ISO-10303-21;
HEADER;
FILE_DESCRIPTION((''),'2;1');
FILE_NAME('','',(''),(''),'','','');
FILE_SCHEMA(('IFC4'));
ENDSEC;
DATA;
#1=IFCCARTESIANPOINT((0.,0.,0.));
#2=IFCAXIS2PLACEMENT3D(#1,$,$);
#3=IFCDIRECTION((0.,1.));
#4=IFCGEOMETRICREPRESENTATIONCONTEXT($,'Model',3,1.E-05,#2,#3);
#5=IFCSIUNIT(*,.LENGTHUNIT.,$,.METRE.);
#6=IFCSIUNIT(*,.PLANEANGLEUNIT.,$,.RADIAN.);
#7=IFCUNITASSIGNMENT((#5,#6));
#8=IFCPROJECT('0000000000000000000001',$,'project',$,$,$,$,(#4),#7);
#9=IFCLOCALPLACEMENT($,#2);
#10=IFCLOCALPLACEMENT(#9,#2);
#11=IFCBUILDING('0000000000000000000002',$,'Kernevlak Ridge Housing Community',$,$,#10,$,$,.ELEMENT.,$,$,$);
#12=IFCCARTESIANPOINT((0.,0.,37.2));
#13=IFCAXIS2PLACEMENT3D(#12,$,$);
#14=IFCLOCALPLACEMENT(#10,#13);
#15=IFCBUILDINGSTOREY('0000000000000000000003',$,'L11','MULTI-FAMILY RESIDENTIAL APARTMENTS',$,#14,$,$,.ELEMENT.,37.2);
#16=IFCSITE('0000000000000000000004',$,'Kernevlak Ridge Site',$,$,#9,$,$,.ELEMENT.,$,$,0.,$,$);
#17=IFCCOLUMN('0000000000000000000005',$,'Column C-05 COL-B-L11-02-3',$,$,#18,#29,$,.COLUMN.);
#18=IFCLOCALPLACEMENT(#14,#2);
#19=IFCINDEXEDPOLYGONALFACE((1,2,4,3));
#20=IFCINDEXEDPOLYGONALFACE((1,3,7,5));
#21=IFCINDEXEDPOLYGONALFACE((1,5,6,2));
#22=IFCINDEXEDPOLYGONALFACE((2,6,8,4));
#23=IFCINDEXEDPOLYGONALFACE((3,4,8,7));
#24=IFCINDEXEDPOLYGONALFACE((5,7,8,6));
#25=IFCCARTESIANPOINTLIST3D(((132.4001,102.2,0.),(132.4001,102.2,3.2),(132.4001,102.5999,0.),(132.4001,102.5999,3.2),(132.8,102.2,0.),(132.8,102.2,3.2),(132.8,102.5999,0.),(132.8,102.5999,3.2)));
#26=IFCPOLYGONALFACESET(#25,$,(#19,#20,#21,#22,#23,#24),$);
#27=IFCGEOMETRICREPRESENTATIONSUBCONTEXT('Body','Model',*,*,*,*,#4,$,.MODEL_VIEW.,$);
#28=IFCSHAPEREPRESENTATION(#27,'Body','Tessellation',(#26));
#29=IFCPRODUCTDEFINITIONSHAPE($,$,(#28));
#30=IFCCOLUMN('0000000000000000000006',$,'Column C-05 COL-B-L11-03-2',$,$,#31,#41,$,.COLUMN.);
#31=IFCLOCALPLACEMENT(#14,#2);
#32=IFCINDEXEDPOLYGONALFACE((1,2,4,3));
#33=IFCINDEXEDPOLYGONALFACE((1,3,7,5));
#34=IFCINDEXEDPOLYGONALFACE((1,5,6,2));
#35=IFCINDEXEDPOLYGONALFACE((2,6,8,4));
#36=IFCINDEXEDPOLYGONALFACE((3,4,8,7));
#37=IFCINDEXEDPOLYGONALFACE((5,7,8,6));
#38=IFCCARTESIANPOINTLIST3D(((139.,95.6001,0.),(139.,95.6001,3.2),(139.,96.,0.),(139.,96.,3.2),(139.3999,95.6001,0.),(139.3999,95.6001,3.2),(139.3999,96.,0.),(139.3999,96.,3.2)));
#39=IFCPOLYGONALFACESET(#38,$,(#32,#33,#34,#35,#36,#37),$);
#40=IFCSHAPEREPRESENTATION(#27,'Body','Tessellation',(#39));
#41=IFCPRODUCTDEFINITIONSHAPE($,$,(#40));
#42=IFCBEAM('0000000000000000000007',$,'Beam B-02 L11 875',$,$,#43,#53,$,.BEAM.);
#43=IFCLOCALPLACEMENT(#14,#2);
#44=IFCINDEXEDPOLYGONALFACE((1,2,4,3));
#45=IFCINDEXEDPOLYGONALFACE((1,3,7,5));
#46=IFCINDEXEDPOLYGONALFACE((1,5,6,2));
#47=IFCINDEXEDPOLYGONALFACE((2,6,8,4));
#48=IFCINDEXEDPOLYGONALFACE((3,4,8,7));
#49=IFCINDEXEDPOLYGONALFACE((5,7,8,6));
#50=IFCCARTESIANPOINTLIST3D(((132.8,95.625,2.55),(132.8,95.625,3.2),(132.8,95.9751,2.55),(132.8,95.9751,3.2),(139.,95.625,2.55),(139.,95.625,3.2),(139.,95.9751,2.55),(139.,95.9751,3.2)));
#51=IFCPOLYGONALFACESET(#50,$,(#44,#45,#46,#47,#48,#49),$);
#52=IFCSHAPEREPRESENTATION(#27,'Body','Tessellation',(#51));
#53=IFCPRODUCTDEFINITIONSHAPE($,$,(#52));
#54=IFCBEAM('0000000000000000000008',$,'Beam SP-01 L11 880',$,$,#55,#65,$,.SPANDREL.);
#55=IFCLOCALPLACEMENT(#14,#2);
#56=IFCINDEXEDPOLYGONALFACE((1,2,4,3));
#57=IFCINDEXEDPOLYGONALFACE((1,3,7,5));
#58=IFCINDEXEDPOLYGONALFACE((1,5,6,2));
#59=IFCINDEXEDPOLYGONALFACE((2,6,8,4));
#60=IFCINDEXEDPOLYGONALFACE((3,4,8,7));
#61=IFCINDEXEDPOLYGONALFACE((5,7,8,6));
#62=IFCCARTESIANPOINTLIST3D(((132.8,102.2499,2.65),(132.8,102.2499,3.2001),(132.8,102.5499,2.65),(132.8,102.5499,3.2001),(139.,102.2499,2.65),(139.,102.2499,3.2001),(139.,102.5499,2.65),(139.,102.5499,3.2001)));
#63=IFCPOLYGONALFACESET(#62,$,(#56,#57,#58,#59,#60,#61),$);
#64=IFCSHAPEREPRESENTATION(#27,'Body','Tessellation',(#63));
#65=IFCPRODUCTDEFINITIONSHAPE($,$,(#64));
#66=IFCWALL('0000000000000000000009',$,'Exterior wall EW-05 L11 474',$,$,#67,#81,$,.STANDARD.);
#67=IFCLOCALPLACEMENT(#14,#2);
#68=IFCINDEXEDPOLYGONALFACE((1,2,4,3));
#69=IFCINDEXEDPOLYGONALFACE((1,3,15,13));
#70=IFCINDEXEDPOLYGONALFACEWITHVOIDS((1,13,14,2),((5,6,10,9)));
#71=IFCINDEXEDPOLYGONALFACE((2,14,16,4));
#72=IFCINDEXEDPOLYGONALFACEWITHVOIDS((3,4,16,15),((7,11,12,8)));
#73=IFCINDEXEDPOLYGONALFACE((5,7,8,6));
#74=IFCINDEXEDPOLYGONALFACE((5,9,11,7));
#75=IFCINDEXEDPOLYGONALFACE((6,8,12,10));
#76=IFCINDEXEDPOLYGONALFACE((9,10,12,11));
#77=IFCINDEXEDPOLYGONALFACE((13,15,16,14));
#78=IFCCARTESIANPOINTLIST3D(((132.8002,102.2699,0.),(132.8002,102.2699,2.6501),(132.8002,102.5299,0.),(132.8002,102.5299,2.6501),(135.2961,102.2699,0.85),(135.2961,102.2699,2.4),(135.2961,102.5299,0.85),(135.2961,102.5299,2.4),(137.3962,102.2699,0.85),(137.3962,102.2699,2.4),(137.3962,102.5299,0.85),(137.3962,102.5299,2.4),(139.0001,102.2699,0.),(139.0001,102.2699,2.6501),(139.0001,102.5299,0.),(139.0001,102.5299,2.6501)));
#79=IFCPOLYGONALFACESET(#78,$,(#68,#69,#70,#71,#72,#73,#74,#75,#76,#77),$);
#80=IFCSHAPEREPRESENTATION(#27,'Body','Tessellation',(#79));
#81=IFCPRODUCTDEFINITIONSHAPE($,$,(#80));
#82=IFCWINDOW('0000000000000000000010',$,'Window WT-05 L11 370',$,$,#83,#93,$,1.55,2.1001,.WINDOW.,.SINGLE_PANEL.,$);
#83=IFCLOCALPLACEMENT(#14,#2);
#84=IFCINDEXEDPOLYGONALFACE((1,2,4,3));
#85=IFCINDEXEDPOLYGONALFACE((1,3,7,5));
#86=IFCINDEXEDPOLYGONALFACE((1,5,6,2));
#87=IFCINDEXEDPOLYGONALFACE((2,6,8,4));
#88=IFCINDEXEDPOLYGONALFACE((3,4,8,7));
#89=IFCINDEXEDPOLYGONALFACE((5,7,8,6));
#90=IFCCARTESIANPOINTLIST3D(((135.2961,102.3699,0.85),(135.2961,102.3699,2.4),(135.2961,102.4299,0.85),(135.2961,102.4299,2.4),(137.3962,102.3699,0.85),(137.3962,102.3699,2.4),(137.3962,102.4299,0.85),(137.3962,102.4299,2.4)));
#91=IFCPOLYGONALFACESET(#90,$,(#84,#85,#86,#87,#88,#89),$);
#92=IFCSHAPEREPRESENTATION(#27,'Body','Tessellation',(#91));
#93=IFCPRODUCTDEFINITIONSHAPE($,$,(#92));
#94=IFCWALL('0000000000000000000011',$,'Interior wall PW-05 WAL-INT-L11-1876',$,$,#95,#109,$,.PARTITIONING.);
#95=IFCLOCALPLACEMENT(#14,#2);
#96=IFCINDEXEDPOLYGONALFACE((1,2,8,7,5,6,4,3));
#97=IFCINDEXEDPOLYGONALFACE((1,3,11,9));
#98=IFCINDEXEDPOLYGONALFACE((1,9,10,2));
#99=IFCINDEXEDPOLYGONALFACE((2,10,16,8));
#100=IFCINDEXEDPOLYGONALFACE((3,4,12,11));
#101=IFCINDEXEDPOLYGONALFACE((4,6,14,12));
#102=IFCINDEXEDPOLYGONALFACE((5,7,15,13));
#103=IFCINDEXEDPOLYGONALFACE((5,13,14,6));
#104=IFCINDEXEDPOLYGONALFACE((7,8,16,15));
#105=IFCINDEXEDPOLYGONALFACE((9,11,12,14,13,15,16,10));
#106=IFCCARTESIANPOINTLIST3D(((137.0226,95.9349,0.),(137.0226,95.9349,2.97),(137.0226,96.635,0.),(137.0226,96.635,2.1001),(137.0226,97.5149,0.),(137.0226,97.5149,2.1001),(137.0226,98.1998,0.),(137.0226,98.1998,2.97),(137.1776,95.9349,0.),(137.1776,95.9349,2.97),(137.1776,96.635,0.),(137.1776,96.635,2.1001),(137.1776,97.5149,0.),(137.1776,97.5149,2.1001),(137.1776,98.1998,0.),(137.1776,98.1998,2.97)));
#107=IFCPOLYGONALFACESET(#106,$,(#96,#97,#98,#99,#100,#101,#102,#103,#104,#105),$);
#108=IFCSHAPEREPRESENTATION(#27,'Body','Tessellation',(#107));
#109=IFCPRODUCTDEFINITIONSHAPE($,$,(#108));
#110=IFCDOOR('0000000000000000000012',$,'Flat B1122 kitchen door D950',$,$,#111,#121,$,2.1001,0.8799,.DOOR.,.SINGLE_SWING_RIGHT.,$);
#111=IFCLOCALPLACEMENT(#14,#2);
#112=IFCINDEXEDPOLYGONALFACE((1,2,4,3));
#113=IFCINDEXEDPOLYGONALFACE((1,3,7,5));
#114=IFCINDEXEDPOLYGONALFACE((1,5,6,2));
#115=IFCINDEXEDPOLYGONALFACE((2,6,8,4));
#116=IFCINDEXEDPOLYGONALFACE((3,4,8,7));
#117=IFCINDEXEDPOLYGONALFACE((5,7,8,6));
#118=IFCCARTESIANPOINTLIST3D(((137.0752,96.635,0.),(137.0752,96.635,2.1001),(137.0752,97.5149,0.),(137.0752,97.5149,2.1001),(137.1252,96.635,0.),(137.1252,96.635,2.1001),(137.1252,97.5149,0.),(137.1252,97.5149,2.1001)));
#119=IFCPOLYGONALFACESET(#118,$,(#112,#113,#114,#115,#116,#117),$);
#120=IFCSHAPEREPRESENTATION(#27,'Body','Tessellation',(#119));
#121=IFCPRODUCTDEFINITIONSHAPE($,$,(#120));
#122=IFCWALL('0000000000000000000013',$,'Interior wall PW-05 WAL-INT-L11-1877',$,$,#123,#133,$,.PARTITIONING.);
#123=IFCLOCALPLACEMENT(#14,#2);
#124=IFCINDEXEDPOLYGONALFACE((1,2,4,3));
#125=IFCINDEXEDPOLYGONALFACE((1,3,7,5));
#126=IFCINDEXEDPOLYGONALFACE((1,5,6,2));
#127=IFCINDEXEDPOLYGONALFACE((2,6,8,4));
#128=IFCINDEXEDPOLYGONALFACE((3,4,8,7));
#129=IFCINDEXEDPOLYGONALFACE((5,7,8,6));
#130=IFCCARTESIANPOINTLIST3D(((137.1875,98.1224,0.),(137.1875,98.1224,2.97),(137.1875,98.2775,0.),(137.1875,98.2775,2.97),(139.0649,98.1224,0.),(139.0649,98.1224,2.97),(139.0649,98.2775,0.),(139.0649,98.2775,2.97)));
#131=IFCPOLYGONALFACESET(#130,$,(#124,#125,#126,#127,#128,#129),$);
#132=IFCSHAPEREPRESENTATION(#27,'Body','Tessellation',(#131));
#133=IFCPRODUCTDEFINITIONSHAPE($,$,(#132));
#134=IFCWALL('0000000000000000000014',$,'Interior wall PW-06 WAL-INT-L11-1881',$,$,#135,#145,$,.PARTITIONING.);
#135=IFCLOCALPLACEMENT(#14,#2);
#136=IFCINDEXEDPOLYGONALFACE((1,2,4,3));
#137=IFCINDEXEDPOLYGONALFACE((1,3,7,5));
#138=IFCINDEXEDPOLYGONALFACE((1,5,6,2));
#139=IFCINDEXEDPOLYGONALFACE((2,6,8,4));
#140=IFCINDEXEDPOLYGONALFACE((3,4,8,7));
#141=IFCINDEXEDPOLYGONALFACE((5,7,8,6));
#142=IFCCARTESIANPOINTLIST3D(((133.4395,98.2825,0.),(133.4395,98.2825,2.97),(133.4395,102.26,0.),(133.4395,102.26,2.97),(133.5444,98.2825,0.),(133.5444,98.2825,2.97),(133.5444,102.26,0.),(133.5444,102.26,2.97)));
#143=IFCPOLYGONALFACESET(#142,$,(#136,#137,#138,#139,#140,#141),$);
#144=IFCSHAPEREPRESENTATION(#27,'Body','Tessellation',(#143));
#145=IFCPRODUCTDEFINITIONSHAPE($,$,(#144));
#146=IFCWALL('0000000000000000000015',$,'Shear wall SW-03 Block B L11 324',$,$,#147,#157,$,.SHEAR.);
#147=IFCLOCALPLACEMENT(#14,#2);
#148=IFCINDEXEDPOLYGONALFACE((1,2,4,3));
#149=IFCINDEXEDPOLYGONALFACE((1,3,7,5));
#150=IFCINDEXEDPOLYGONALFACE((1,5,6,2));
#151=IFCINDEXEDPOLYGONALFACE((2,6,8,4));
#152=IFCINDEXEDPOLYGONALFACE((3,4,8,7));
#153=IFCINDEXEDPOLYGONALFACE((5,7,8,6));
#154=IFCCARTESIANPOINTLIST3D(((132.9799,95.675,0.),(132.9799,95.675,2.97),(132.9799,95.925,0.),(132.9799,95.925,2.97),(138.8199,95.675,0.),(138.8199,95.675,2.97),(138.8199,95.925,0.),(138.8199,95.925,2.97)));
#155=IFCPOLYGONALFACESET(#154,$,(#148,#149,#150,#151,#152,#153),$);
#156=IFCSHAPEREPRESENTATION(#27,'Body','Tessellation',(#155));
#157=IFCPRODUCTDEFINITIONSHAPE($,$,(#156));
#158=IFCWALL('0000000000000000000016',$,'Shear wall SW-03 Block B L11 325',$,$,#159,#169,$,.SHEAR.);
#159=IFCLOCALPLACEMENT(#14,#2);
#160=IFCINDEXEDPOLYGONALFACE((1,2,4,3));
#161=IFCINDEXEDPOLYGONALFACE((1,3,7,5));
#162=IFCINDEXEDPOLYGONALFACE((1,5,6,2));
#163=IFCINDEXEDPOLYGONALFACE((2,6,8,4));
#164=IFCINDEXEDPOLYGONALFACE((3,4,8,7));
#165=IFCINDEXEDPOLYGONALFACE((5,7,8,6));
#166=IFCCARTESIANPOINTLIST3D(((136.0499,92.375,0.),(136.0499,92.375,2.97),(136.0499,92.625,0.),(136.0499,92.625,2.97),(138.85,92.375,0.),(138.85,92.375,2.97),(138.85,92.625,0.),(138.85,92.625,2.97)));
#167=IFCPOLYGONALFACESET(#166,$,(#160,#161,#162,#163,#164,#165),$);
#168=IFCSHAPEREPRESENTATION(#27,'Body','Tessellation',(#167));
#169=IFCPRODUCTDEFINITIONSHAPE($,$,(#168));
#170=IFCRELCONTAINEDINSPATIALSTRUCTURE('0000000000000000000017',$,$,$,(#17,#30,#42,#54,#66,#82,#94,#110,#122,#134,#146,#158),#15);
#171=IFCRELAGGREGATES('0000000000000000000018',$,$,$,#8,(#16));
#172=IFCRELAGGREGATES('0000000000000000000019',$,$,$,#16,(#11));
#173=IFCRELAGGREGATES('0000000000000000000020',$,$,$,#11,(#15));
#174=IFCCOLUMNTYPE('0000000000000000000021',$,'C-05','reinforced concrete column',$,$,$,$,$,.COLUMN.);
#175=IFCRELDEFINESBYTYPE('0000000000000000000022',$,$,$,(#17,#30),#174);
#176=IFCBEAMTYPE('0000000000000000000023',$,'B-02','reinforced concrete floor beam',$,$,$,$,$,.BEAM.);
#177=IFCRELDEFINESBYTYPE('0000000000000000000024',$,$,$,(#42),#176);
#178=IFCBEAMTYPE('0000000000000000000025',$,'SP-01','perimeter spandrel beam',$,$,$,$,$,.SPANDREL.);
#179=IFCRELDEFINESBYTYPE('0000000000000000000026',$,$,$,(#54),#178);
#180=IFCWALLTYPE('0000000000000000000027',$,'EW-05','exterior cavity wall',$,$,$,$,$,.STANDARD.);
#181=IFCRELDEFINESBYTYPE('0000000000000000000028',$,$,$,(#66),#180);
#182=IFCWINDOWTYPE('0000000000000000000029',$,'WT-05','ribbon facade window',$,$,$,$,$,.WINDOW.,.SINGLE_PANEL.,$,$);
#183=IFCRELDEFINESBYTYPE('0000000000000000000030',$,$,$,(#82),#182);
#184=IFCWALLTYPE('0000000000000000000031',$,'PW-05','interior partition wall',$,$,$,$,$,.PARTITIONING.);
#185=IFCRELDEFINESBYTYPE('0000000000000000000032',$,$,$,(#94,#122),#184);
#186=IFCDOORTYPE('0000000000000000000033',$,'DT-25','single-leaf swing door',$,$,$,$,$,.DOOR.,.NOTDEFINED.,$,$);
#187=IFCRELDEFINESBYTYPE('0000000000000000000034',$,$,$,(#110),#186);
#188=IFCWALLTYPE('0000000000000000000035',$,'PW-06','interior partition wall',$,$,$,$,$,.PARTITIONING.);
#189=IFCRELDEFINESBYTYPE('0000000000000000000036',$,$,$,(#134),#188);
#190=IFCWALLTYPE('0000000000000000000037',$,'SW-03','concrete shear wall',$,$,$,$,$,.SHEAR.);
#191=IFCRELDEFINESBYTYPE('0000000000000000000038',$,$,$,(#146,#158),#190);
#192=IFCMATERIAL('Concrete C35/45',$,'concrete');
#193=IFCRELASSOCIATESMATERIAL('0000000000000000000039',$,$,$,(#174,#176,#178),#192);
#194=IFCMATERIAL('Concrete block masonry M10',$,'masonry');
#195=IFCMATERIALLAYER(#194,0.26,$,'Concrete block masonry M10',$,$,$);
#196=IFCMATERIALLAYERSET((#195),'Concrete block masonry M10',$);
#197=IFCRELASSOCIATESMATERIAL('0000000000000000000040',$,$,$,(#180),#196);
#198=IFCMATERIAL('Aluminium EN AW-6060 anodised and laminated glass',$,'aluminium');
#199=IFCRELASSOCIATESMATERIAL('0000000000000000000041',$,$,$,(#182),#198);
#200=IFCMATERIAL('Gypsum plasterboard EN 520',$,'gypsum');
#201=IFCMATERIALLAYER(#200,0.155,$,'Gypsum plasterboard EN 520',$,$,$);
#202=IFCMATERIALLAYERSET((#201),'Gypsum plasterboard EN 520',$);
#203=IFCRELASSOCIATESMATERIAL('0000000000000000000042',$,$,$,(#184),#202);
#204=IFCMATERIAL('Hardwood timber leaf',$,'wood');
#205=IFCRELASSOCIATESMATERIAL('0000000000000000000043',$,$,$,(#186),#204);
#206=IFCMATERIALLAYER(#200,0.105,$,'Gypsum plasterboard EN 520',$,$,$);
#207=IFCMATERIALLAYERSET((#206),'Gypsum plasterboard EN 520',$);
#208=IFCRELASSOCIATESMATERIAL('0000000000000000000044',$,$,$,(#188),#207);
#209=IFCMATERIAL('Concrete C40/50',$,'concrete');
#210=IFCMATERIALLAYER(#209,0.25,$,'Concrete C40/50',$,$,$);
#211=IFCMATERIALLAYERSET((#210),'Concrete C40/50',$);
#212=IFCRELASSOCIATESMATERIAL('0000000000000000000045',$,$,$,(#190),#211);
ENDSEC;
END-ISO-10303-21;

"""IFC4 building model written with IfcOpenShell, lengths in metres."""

from ifc_helpers import new_model, si_unit, direction, frame, frame_2d, origin, origin_2d, place, context, subcontext, project, spatial, rectangle, extrude, material, layer, layer_set, material_profile, profile_set, type_object, element, fill, save


model = new_model("IFC4")

# Units and contexts
model_context = context("Model", 3, precision=1e-05, world=origin(), true_north=direction((0.0, 1.0)))
body_context = subcontext(model_context, "Body", "Model", "MODEL_VIEW")
ifc_project = project(units=[si_unit("LENGTHUNIT", "METRE"), si_unit("PLANEANGLEUNIT", "RADIAN")], contexts=[model_context])

# Site, building, storey
site_placement = place(None, origin())
site = spatial("IfcSite", under=ifc_project, at=site_placement, Name="Kernevlak Ridge Site", CompositionType="ELEMENT", RefElevation=0.0)
building_placement = place(site_placement, origin())
building = spatial("IfcBuilding", under=site, at=building_placement, Name="Kernevlak Ridge Housing Community", CompositionType="ELEMENT")
storey_placement = place(building_placement, frame((0.0, 0.0, 37.2)))
storey = spatial("IfcBuildingStorey", under=building, at=storey_placement, Name="L11", Description="MULTI-FAMILY RESIDENTIAL APARTMENTS", CompositionType="ELEMENT", Elevation=37.2)

# Columns
ifc_material_1 = material(Name="Concrete C35/45", Category="concrete")
ifc_material_profile_1 = material_profile(ifc_material_1, rectangle(XDim=0.3999, YDim=0.3999, at=origin_2d()), Name="RC 400x400")
ifc_profile_set_1 = profile_set([ifc_material_profile_1], Name="Concrete C35/45")
column_type = type_object("IfcColumnType", Name="C-05", Description="reinforced concrete column", PredefinedType="COLUMN", material=ifc_profile_set_1)
for number, where, z_axis, x_axis, name in (
    (1, (132.6001, 102.3999, 0.0), (0.0, 0.0, 1.0), (1.0, 0.0, 0.0), "Column C-05 COL-B-L11-02-3"),
    (2, (139.2, 95.8, 0.0), (0.0, 0.0, 1.0), (1.0, 0.0, 0.0), "Column C-05 COL-B-L11-03-2"),
):
    element("IfcColumn", number, at=place(storey_placement, frame(where, z_axis=z_axis, x_axis=x_axis)), inside=storey, type_object=column_type, Name=name, PredefinedType="COLUMN", context=body_context, shape_type="SweptSolid", body=[
        extrude(rectangle(XDim=0.3999, YDim=0.3999, at=origin_2d()), origin(), (0.0, 0.0, 1.0), 3.2),
    ])

# Beams
ifc_material_profile_2 = material_profile(ifc_material_1, rectangle(XDim=0.3501, YDim=0.6499, at=origin_2d()), Name="RC 350x650")
ifc_profile_set_2 = profile_set([ifc_material_profile_2], Name="Concrete C35/45")
beam_type_1 = type_object("IfcBeamType", Name="B-02", Description="reinforced concrete floor beam", PredefinedType="BEAM", material=ifc_profile_set_2)
beam_1_placement = place(storey_placement, frame((132.8, 95.8, 2.875), z_axis=(1.0, 0.0, 0.0), x_axis=(0.0, 1.0, 0.0)))
element("IfcBeam", 3, at=beam_1_placement, inside=storey, type_object=beam_type_1, Name="Beam B-02 L11 875", PredefinedType="BEAM", context=body_context, shape_type="SweptSolid", body=[
    extrude(rectangle(XDim=0.3501, YDim=0.6499, at=origin_2d()), origin(), (0.0, 0.0, 1.0), 6.2),
])
ifc_material_profile_3 = material_profile(ifc_material_1, rectangle(XDim=0.3, YDim=0.55, at=origin_2d()), Name="RC 300x550")
ifc_profile_set_3 = profile_set([ifc_material_profile_3], Name="Concrete C35/45")
beam_type_2 = type_object("IfcBeamType", Name="SP-01", Description="perimeter spandrel beam", PredefinedType="SPANDREL", material=ifc_profile_set_3)
beam_2_placement = place(storey_placement, frame((132.8, 102.3999, 2.925), z_axis=(1.0, 0.0, 0.0), x_axis=(0.0, 1.0, 0.0)))
element("IfcBeam", 4, at=beam_2_placement, inside=storey, type_object=beam_type_2, Name="Beam SP-01 L11 880", PredefinedType="SPANDREL", context=body_context, shape_type="SweptSolid", body=[
    extrude(rectangle(XDim=0.3, YDim=0.55, at=origin_2d()), origin(), (0.0, 0.0, 1.0), 6.2),
])

# Wall, opening, window
ifc_material_2 = material(Name="Concrete block masonry M10", Category="masonry")
ifc_layer_1 = layer(ifc_material_2, 0.26, Name="Concrete block masonry M10")
ifc_layer_set_1 = layer_set([ifc_layer_1], Name="Concrete block masonry M10")
wall_type_1 = type_object("IfcWallType", Name="EW-05", Description="exterior cavity wall", PredefinedType="STANDARD", material=ifc_layer_set_1)
wall_1_placement = place(storey_placement, frame((132.8, 102.3999, 0.0), z_axis=(0.0, 0.0, 1.0), x_axis=(1.0, 0.0, 0.0)))
wall_1 = element("IfcWall", 5, at=wall_1_placement, inside=storey, type_object=wall_type_1, Name="Exterior wall EW-05 L11 474", PredefinedType="STANDARD", context=body_context, shape_type="SweptSolid", body=[
    extrude(rectangle(XDim=6.2, YDim=0.26, at=frame_2d((3.1001, 0.0))), origin(), (0.0, 0.0, 1.0), 2.6501),
])
opening_1_placement = place(wall_1_placement, frame((2.4961, 0.0, 0.8501)))
opening_1 = element("IfcOpeningElement", 6, at=opening_1_placement, cuts=wall_1, PredefinedType="OPENING", context=body_context, shape_type="SweptSolid", body=[
    extrude(rectangle(XDim=2.1001, YDim=1.55, at=frame_2d((1.05, 0.7749))), frame((0.0, 0.1399, 0.0), z_axis=(0.0, -1.0, 0.0), x_axis=(1.0, 0.0, 0.0)), (0.0, 0.0, 1.0), 0.28),
])
ifc_material_3 = material(Name="Aluminium EN AW-6060 anodised and laminated glass", Category="aluminium")
window_type = type_object("IfcWindowType", Name="WT-05", Description="ribbon facade window", PartitioningType="SINGLE_PANEL", PredefinedType="WINDOW", material=ifc_material_3)
window_placement = place(opening_1_placement, origin())
window = element("IfcWindow", 7, at=window_placement, inside=storey, type_object=window_type, Name="Window WT-05 L11 370", OverallHeight=1.55, OverallWidth=2.1001, PartitioningType="SINGLE_PANEL", PredefinedType="WINDOW", context=body_context, shape_type="SweptSolid", body=[
    extrude(rectangle(XDim=2.1001, YDim=1.55, at=frame_2d((1.05, 0.7749))), frame((0.0, 0.03, 0.0), z_axis=(0.0, -1.0, 0.0), x_axis=(1.0, 0.0, 0.0)), (0.0, 0.0, 1.0), 0.0601),
])
fill(opening_1, window)

# Wall, opening, door
ifc_material_4 = material(Name="Gypsum plasterboard EN 520", Category="gypsum")
ifc_layer_2 = layer(ifc_material_4, 0.155, Name="Gypsum plasterboard EN 520")
ifc_layer_set_2 = layer_set([ifc_layer_2], Name="Gypsum plasterboard EN 520")
wall_type_2 = type_object("IfcWallType", Name="PW-05", Description="interior partition wall", PredefinedType="PARTITIONING", material=ifc_layer_set_2)
wall_2_placement = place(storey_placement, frame((137.1001, 95.9351, 0.0), z_axis=(0.0, 0.0, 1.0), x_axis=(0.0, 1.0, 0.0)))
wall_2 = element("IfcWall", 8, at=wall_2_placement, inside=storey, type_object=wall_type_2, Name="Interior wall PW-05 WAL-INT-L11-1876", PredefinedType="PARTITIONING", context=body_context, shape_type="SweptSolid", body=[
    extrude(rectangle(XDim=2.2649, YDim=0.155, at=frame_2d((1.1323, 0.0))), origin(), (0.0, 0.0, 1.0), 2.97),
])
opening_2_placement = place(wall_2_placement, frame((0.7, 0.0, 0.0)))
opening_2 = element("IfcOpeningElement", 9, at=opening_2_placement, cuts=wall_2, PredefinedType="OPENING", context=body_context, shape_type="SweptSolid", body=[
    extrude(rectangle(XDim=0.8799, YDim=2.1001, at=frame_2d((0.4399, 1.05))), frame((0.0, 0.0874, 0.0), z_axis=(0.0, -1.0, 0.0), x_axis=(1.0, 0.0, 0.0)), (0.0, 0.0, 1.0), 0.175),
])
ifc_material_5 = material(Name="Hardwood timber leaf", Category="wood")
door_type = type_object("IfcDoorType", Name="DT-25", Description="single-leaf swing door", OperationType="NOTDEFINED", PredefinedType="DOOR", material=ifc_material_5)
door_placement = place(opening_2_placement, origin())
door = element("IfcDoor", 10, at=door_placement, inside=storey, type_object=door_type, Name="Flat B1122 kitchen door D950", OperationType="SINGLE_SWING_RIGHT", OverallHeight=2.1001, OverallWidth=0.8799, PredefinedType="DOOR", context=body_context, shape_type="SweptSolid", body=[
    extrude(rectangle(XDim=0.8799, YDim=2.1001, at=frame_2d((0.4399, 1.05))), frame((0.0, 0.0249, 0.0), z_axis=(0.0, -1.0, 0.0), x_axis=(1.0, 0.0, 0.0)), (0.0, 0.0, 1.0), 0.05),
])
fill(opening_2, door)

# Walls
wall_3_placement = place(storey_placement, frame((137.1875, 98.2, 0.0), z_axis=(0.0, 0.0, 1.0), x_axis=(1.0, 0.0, 0.0)))
element("IfcWall", 11, at=wall_3_placement, inside=storey, type_object=wall_type_2, Name="Interior wall PW-05 WAL-INT-L11-1877", PredefinedType="PARTITIONING", context=body_context, shape_type="SweptSolid", body=[
    extrude(rectangle(XDim=1.8774, YDim=0.155, at=frame_2d((0.9387, 0.0))), origin(), (0.0, 0.0, 1.0), 2.97),
])
ifc_layer_3 = layer(ifc_material_4, 0.105, Name="Gypsum plasterboard EN 520")
ifc_layer_set_3 = layer_set([ifc_layer_3], Name="Gypsum plasterboard EN 520")
wall_type_3 = type_object("IfcWallType", Name="PW-06", Description="interior partition wall", PredefinedType="PARTITIONING", material=ifc_layer_set_3)
wall_4_placement = place(storey_placement, frame((133.4919, 98.2825, 0.0), z_axis=(0.0, 0.0, 1.0), x_axis=(0.0, 1.0, 0.0)))
element("IfcWall", 12, at=wall_4_placement, inside=storey, type_object=wall_type_3, Name="Interior wall PW-06 WAL-INT-L11-1881", PredefinedType="PARTITIONING", context=body_context, shape_type="SweptSolid", body=[
    extrude(rectangle(XDim=3.9775, YDim=0.105, at=frame_2d((1.9888, 0.0))), origin(), (0.0, 0.0, 1.0), 2.97),
])
ifc_material_6 = material(Name="Concrete C40/50", Category="concrete")
ifc_layer_4 = layer(ifc_material_6, 0.25, Name="Concrete C40/50")
ifc_layer_set_4 = layer_set([ifc_layer_4], Name="Concrete C40/50")
wall_type_4 = type_object("IfcWallType", Name="SW-03", Description="concrete shear wall", PredefinedType="SHEAR", material=ifc_layer_set_4)
wall_5_placement = place(storey_placement, frame((132.98, 95.8, 0.0), z_axis=(0.0, 0.0, 1.0), x_axis=(1.0, 0.0, 0.0)))
element("IfcWall", 13, at=wall_5_placement, inside=storey, type_object=wall_type_4, Name="Shear wall SW-03 Block B L11 324", PredefinedType="SHEAR", context=body_context, shape_type="SweptSolid", body=[
    extrude(rectangle(XDim=5.8401, YDim=0.25, at=frame_2d((2.9199, 0.0))), origin(), (0.0, 0.0, 1.0), 2.97),
])
for number, where, z_axis, x_axis, name in (
    (14, (136.05, 92.5, 0.0), (0.0, 0.0, 1.0), (1.0, 0.0, 0.0), "Shear wall SW-03 Block B L11 325"),
):
    element("IfcWall", number, at=place(storey_placement, frame(where, z_axis=z_axis, x_axis=x_axis)), inside=storey, type_object=wall_type_4, Name=name, PredefinedType="SHEAR", context=body_context, shape_type="SweptSolid", body=[
        extrude(rectangle(XDim=2.8, YDim=0.25, at=frame_2d((1.3999, 0.0))), origin(), (0.0, 0.0, 1.0), 2.97),
    ])

save(model, "model.ifc")
